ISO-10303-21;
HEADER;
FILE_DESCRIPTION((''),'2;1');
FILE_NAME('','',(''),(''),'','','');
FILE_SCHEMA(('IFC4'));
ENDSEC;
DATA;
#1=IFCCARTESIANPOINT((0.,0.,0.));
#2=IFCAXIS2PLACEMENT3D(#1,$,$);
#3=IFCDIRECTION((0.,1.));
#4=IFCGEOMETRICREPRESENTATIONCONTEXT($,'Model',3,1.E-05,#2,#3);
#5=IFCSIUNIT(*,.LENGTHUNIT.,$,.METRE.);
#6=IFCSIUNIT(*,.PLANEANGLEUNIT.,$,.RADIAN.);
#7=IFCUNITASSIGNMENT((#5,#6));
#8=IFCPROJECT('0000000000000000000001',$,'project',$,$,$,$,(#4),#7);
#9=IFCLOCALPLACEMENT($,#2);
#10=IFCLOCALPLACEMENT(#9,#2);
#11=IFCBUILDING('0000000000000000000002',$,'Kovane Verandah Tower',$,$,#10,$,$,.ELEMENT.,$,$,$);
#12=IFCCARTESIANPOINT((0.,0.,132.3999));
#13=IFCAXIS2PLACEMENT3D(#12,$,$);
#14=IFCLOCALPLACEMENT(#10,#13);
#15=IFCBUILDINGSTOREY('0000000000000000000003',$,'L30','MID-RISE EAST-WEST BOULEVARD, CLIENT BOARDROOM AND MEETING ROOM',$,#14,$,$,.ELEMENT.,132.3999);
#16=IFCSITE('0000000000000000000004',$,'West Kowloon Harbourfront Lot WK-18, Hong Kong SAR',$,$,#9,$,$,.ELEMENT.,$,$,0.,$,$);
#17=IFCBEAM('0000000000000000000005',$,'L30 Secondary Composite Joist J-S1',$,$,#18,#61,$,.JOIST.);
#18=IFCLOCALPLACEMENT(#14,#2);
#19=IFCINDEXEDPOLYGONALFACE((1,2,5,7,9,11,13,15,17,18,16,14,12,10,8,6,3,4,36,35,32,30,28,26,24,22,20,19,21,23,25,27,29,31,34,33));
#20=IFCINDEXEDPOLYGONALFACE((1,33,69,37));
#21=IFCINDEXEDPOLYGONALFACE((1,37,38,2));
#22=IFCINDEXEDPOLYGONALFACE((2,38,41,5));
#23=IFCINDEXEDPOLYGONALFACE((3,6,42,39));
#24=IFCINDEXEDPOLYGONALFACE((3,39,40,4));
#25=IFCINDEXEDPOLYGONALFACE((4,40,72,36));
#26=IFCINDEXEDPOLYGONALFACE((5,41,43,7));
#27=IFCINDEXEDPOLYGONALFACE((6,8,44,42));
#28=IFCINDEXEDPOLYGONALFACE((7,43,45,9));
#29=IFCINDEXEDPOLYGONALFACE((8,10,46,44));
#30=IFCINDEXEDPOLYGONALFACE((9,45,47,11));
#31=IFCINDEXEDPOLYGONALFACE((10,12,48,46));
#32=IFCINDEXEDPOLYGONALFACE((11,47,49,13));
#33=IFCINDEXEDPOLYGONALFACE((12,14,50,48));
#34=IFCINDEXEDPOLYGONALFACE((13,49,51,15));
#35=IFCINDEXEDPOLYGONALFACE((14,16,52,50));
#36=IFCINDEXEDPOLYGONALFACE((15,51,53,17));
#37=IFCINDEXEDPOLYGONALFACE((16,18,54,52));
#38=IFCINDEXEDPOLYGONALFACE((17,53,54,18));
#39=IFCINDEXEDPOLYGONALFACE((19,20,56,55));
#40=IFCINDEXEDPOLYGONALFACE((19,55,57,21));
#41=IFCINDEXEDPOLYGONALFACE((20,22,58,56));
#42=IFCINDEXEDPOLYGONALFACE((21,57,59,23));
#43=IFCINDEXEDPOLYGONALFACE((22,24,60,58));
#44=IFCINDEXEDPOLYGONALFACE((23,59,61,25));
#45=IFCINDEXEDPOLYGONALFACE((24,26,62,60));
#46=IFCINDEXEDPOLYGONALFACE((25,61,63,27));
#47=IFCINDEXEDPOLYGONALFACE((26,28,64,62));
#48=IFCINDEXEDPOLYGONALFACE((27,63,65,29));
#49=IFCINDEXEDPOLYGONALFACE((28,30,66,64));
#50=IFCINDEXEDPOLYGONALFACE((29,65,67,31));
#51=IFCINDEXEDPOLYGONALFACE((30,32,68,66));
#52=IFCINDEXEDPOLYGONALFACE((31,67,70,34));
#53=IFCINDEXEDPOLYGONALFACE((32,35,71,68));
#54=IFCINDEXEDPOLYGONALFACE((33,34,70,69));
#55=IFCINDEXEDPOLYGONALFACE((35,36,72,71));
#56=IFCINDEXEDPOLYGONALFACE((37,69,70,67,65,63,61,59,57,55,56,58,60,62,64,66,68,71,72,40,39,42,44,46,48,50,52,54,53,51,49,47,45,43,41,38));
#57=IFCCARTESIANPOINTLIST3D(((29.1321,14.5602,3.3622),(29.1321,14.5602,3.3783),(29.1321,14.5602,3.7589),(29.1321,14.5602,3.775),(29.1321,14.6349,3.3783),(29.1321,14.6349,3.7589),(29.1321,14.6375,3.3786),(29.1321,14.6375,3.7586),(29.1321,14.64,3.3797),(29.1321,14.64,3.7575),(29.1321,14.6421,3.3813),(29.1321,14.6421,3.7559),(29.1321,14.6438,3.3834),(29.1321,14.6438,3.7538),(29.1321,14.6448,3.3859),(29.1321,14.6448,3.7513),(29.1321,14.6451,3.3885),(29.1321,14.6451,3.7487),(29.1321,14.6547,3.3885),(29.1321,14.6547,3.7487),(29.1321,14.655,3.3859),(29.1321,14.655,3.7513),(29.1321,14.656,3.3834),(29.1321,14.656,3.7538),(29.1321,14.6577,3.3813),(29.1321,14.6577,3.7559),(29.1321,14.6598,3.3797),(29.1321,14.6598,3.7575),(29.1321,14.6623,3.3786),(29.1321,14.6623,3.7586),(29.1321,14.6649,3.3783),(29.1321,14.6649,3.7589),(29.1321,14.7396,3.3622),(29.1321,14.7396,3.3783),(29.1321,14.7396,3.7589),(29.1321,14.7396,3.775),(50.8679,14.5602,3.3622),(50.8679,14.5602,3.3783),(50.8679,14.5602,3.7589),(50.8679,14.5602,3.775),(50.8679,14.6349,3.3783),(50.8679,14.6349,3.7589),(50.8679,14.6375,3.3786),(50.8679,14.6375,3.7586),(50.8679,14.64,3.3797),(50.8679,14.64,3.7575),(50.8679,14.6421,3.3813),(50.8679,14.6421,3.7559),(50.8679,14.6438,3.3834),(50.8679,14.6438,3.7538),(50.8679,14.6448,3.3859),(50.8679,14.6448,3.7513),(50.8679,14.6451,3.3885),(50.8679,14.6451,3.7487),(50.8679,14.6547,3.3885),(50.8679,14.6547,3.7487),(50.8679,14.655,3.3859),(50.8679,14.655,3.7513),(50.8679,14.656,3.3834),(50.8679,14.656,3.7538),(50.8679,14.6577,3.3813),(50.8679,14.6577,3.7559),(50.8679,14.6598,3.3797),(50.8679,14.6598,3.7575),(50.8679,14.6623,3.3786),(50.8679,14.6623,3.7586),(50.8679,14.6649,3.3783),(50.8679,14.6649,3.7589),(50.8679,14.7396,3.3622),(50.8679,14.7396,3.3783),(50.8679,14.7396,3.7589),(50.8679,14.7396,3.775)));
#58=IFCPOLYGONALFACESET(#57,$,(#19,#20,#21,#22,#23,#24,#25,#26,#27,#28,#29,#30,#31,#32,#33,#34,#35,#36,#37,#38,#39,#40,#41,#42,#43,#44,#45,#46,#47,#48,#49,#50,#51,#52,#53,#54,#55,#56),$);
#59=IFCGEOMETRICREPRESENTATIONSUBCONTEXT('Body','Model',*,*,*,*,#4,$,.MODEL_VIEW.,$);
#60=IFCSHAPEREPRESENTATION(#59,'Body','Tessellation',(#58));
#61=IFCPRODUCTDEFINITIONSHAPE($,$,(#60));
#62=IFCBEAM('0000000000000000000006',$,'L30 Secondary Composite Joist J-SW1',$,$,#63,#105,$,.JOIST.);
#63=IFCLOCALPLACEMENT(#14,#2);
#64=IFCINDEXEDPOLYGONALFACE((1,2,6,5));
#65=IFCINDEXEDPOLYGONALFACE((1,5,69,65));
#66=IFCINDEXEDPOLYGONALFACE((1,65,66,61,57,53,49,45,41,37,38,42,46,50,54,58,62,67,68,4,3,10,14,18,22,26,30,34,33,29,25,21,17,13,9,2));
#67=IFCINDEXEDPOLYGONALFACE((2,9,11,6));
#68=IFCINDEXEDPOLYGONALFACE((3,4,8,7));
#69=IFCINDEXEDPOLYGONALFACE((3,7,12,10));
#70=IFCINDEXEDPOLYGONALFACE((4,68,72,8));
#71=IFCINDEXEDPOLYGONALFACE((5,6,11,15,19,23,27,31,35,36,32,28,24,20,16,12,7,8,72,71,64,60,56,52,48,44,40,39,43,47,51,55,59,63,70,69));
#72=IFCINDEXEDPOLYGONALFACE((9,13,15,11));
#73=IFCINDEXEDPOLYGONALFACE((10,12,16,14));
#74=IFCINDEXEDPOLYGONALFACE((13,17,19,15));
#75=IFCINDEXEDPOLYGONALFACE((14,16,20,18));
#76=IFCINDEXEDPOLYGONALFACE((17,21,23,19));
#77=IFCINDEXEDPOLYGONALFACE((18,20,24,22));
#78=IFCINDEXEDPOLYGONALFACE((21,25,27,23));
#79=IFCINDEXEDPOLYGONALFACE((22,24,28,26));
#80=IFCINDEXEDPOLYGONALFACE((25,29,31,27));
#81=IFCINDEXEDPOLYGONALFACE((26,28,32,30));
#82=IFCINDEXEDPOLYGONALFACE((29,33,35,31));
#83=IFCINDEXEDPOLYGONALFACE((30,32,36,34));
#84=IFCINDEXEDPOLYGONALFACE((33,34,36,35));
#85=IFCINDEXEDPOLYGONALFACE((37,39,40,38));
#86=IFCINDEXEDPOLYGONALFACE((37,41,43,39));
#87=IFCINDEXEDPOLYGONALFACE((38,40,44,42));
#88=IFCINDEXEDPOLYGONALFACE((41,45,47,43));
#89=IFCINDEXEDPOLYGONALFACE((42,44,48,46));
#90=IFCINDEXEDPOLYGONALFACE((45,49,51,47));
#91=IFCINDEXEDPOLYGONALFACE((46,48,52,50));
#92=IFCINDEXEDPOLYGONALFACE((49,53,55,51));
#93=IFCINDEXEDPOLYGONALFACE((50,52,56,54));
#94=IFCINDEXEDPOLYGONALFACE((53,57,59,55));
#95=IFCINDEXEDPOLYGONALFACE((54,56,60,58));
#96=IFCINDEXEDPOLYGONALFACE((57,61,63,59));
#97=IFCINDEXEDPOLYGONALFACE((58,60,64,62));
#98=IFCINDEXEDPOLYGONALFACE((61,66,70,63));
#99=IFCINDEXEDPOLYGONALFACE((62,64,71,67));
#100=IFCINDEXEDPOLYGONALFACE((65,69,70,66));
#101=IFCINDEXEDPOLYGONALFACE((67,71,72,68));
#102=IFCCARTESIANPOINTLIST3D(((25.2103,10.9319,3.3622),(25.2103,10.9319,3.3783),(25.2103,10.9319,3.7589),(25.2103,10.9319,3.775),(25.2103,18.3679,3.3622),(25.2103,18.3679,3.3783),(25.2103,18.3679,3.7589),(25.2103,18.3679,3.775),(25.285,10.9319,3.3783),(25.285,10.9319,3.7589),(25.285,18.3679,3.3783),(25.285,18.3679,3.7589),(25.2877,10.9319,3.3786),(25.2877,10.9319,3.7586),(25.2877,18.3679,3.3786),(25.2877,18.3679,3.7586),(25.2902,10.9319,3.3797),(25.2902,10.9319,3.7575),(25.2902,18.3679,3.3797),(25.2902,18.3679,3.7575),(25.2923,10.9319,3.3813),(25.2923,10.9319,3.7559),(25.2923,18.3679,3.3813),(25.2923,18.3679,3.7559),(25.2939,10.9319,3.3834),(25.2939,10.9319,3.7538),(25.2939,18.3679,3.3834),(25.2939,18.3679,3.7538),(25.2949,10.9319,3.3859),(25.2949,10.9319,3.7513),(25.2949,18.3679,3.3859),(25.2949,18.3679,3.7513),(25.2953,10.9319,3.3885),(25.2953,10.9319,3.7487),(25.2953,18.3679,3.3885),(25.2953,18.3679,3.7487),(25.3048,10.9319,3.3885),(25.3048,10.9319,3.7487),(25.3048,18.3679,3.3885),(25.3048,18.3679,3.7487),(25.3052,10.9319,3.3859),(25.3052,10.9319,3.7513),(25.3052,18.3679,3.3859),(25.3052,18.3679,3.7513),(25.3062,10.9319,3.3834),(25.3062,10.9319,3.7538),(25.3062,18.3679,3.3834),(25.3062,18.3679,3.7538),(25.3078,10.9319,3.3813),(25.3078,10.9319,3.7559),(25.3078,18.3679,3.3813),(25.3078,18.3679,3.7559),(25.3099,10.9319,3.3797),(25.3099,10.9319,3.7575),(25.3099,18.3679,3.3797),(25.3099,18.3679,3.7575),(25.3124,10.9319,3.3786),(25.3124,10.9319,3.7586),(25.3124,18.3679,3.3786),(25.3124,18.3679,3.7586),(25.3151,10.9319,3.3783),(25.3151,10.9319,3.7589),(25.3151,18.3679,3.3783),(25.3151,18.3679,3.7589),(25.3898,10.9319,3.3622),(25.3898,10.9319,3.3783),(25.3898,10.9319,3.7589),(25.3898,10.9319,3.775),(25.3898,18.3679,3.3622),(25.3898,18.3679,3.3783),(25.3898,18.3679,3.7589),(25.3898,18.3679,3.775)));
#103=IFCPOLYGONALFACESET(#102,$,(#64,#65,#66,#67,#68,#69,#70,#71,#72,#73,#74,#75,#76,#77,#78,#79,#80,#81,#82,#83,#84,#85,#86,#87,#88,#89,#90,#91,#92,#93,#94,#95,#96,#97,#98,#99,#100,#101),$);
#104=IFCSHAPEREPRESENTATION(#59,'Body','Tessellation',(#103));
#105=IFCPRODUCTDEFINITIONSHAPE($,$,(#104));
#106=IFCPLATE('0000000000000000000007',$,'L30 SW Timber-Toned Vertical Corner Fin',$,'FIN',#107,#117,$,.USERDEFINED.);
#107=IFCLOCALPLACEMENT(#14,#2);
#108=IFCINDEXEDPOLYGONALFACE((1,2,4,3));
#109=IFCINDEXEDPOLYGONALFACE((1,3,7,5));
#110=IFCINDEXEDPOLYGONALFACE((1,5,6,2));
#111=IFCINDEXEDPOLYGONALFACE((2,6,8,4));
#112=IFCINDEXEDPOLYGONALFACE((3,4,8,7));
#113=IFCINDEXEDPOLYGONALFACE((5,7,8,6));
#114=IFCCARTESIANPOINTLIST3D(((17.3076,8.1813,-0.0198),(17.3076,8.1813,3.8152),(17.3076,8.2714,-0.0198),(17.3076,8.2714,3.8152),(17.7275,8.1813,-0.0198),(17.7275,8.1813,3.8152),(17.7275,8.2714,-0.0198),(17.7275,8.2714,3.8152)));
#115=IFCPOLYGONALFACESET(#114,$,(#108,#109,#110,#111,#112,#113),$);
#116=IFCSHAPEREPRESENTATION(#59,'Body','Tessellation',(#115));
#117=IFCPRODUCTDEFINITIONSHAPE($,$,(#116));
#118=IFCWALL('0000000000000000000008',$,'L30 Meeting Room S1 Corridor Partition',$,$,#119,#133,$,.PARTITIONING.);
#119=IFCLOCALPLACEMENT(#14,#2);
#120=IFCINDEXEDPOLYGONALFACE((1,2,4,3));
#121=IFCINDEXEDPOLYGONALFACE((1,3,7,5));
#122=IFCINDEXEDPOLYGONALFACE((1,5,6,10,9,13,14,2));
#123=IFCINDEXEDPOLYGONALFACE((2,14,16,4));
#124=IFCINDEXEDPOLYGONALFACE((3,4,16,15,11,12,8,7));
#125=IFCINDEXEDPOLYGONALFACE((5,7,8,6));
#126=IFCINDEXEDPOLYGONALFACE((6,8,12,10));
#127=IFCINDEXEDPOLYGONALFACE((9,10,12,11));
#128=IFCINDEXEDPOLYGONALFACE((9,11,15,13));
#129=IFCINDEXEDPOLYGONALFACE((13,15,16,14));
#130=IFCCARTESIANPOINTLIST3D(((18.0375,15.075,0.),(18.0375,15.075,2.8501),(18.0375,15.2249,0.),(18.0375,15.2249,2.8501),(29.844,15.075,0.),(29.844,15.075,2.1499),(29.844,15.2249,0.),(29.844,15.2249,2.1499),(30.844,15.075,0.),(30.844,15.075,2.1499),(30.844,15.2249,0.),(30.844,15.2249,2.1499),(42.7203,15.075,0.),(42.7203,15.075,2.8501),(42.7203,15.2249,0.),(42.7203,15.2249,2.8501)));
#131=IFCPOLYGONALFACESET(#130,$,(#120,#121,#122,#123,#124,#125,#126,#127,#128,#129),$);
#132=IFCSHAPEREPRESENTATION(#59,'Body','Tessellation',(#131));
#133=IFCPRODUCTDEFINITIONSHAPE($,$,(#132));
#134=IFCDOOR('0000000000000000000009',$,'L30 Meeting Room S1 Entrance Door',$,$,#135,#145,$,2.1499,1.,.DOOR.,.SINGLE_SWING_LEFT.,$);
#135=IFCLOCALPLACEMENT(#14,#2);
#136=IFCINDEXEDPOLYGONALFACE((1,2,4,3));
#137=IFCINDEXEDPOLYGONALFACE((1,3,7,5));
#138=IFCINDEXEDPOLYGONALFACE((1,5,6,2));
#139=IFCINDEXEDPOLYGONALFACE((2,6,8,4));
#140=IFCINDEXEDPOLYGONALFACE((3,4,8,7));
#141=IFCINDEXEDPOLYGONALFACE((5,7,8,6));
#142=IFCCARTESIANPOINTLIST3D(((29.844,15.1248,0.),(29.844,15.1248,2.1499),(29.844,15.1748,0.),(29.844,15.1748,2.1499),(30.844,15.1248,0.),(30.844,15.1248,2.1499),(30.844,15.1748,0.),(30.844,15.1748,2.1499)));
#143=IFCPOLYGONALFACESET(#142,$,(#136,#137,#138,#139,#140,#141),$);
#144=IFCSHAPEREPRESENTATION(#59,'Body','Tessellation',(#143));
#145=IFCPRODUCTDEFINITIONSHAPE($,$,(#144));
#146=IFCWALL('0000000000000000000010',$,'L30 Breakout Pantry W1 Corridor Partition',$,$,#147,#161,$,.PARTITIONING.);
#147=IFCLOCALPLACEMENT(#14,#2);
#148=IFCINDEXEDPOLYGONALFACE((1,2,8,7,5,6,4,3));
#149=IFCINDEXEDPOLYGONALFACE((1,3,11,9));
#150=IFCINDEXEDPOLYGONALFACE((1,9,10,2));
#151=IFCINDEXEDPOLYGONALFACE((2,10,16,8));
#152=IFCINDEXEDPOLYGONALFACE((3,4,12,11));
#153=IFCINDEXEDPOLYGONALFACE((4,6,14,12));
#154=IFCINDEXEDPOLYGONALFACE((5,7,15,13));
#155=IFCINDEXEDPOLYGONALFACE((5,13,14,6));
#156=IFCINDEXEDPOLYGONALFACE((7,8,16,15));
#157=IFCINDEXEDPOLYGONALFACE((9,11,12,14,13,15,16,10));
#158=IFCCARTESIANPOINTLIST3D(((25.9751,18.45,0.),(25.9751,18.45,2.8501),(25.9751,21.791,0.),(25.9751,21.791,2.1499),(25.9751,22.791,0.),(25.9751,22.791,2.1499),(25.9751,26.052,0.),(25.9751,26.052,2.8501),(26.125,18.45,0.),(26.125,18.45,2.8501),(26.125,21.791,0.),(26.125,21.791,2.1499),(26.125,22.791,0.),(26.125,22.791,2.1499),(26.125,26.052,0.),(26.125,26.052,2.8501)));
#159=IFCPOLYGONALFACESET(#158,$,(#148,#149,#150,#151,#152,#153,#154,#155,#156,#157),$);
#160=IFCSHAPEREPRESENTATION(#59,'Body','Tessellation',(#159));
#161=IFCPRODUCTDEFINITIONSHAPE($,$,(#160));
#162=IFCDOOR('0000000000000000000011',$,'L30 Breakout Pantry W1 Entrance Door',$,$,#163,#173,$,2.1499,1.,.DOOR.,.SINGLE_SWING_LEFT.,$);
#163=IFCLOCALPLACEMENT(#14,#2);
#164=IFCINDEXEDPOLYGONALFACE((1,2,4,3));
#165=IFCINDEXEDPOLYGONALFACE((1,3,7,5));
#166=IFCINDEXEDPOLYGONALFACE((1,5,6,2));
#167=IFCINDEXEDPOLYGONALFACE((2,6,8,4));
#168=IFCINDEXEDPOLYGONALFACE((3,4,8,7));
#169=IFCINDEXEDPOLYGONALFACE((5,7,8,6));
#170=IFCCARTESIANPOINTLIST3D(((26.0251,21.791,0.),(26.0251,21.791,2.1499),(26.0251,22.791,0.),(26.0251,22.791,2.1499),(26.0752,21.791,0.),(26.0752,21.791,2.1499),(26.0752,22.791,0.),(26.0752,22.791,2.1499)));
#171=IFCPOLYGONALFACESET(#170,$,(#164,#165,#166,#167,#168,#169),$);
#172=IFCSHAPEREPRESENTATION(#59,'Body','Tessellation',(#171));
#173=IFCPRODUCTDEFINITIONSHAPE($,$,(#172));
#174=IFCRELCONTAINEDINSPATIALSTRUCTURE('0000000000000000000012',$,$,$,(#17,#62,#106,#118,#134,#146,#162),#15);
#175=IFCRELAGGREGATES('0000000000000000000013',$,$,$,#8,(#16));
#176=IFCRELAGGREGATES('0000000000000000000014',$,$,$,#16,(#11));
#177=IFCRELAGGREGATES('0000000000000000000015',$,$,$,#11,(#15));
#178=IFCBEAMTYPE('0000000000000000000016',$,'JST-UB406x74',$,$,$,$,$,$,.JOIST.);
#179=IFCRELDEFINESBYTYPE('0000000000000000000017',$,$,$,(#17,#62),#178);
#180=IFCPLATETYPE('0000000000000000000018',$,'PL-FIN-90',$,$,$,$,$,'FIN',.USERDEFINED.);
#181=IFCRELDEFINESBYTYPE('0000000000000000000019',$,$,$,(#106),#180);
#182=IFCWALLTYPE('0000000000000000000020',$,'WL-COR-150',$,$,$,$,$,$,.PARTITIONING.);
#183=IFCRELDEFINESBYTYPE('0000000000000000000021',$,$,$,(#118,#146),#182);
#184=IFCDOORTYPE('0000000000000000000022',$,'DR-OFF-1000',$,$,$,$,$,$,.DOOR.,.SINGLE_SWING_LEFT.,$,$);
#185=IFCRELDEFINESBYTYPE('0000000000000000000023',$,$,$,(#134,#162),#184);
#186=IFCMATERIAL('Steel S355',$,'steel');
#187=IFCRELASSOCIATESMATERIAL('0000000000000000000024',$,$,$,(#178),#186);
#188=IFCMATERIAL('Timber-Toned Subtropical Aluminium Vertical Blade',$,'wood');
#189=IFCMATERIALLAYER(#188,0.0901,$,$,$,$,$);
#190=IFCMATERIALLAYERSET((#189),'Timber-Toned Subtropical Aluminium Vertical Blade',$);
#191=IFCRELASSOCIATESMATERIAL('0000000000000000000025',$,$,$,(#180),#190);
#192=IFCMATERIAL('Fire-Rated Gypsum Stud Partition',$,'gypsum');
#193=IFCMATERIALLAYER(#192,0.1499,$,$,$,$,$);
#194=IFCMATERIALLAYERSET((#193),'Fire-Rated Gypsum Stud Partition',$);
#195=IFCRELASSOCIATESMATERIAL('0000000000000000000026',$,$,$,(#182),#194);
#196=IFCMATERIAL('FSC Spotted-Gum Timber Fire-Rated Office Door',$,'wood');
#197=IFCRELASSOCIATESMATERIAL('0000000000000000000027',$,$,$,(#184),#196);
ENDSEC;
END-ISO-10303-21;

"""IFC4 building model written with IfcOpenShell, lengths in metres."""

from ifc_helpers import new_model, si_unit, direction, frame, frame_2d, origin, origin_2d, place, context, subcontext, project, spatial, rectangle, i_section, extrude, material, layer, layer_set, material_profile, profile_set, type_object, element, fill, save


model = new_model("IFC4")

# Units and contexts
model_context = context("Model", 3, precision=1e-05, world=origin(), true_north=direction((0.0, 1.0)))
body_context = subcontext(model_context, "Body", "Model", "MODEL_VIEW")
ifc_project = project(units=[si_unit("LENGTHUNIT", "METRE"), si_unit("PLANEANGLEUNIT", "RADIAN")], contexts=[model_context])

# Site, building, storey
site_placement = place(None, origin())
site = spatial("IfcSite", under=ifc_project, at=site_placement, Name="West Kowloon Harbourfront Lot WK-18, Hong Kong SAR", CompositionType="ELEMENT", RefElevation=0.0)
building_placement = place(site_placement, origin())
building = spatial("IfcBuilding", under=site, at=building_placement, Name="Kovane Verandah Tower", CompositionType="ELEMENT")
storey_placement = place(building_placement, frame((0.0, 0.0, 132.3999)))
storey = spatial("IfcBuildingStorey", under=building, at=storey_placement, Name="L30", Description="MID-RISE EAST-WEST BOULEVARD, CLIENT BOARDROOM AND MEETING ROOM", CompositionType="ELEMENT", Elevation=132.3999)

# Beams
ifc_material_1 = material(Name="Steel S355", Category="steel")
ifc_material_profile_1 = material_profile(ifc_material_1, i_section(OverallWidth=0.1794, OverallDepth=0.4128, WebThickness=0.0095, FlangeThickness=0.0161, FilletRadius=0.0103, at=origin_2d()), Name="UB406x178x74")
ifc_profile_set_1 = profile_set([ifc_material_profile_1], Name="Steel S355")
beam_type_1 = type_object("IfcBeamType", Name="JST-UB406x74", PredefinedType="JOIST", material=ifc_profile_set_1)
beam_1_placement = place(storey_placement, frame((29.1321, 14.6499, 3.5686), z_axis=(1.0, 0.0, 0.0), x_axis=(0.0, 1.0, 0.0)))
element("IfcBeam", 1, at=beam_1_placement, inside=storey, type_object=beam_type_1, Name="L30 Secondary Composite Joist J-S1", PredefinedType="JOIST", context=body_context, shape_type="SweptSolid", body=[
    extrude(i_section(OverallWidth=0.1794, OverallDepth=0.4128, WebThickness=0.0095, FlangeThickness=0.0161, FilletRadius=0.0103, at=origin_2d()), origin(), (0.0, 0.0, 1.0), 21.7358),
])
beam_2_placement = place(storey_placement, frame((25.3, 10.9319, 3.5686), z_axis=(0.0, 1.0, 0.0), x_axis=(-1.0, 0.0, 0.0)))
element("IfcBeam", 2, at=beam_2_placement, inside=storey, type_object=beam_type_1, Name="L30 Secondary Composite Joist J-SW1", PredefinedType="JOIST", context=body_context, shape_type="SweptSolid", body=[
    extrude(i_section(OverallWidth=0.1794, OverallDepth=0.4128, WebThickness=0.0095, FlangeThickness=0.0161, FilletRadius=0.0103, at=origin_2d()), origin(), (0.0, 0.0, 1.0), 7.436),
])

# Plate
ifc_material_2 = material(Name="Timber-Toned Subtropical Aluminium Vertical Blade", Category="wood")
ifc_layer_1 = layer(ifc_material_2, 0.0901)
ifc_layer_set_1 = layer_set([ifc_layer_1], Name="Timber-Toned Subtropical Aluminium Vertical Blade")
plate_type = type_object("IfcPlateType", Name="PL-FIN-90", ElementType="FIN", PredefinedType="USERDEFINED", material=ifc_layer_set_1)
plate_placement = place(storey_placement, frame((17.5176, 8.2263, -0.0198), z_axis=(0.0, 0.0, 1.0), x_axis=(1.0, 0.0, 0.0)))
element("IfcPlate", 3, at=plate_placement, inside=storey, type_object=plate_type, Name="L30 SW Timber-Toned Vertical Corner Fin", ObjectType="FIN", PredefinedType="USERDEFINED", context=body_context, shape_type="SweptSolid", body=[
    extrude(rectangle(XDim=0.4199, YDim=0.0901, at=origin_2d()), origin(), (0.0, 0.0, 1.0), 3.835),
])

# Walls, openings, doors
ifc_material_3 = material(Name="Fire-Rated Gypsum Stud Partition", Category="gypsum")
ifc_layer_2 = layer(ifc_material_3, 0.1499)
ifc_layer_set_2 = layer_set([ifc_layer_2], Name="Fire-Rated Gypsum Stud Partition")
wall_type_1 = type_object("IfcWallType", Name="WL-COR-150", PredefinedType="PARTITIONING", material=ifc_layer_set_2)
wall_1_placement = place(storey_placement, frame((18.0376, 15.1499, 0.0), z_axis=(0.0, 0.0, 1.0), x_axis=(1.0, 0.0, 0.0)))
wall_1 = element("IfcWall", 4, at=wall_1_placement, inside=storey, type_object=wall_type_1, Name="L30 Meeting Room S1 Corridor Partition", PredefinedType="PARTITIONING", context=body_context, shape_type="SweptSolid", body=[
    extrude(rectangle(XDim=24.6829, YDim=0.1499, at=frame_2d((12.3413, 0.0))), origin(), (0.0, 0.0, 1.0), 2.8501),
])
opening_1_placement = place(wall_1_placement, frame((11.8064, 0.0, 0.0)))
opening_1 = element("IfcOpeningElement", 5, at=opening_1_placement, cuts=wall_1, PredefinedType="OPENING", context=body_context, shape_type="SweptSolid", body=[
    extrude(rectangle(XDim=1.0, YDim=2.1499, at=frame_2d((0.5, 1.075))), frame((0.0, 0.075, 0.0), z_axis=(0.0, -1.0, 0.0), x_axis=(1.0, 0.0, 0.0)), (0.0, 0.0, 1.0), 0.1499),
])
ifc_material_4 = material(Name="FSC Spotted-Gum Timber Fire-Rated Office Door", Category="wood")
door_type = type_object("IfcDoorType", Name="DR-OFF-1000", OperationType="SINGLE_SWING_LEFT", PredefinedType="DOOR", material=ifc_material_4)
door_1_placement = place(opening_1_placement, origin())
door_1 = element("IfcDoor", 6, at=door_1_placement, inside=storey, type_object=door_type, Name="L30 Meeting Room S1 Entrance Door", OperationType="SINGLE_SWING_LEFT", OverallHeight=2.1499, OverallWidth=1.0, PredefinedType="DOOR", context=body_context, shape_type="SweptSolid", body=[
    extrude(rectangle(XDim=1.0, YDim=2.1499, at=frame_2d((0.5, 1.075))), frame((0.0, 0.0249, 0.0), z_axis=(0.0, -1.0, 0.0), x_axis=(1.0, 0.0, 0.0)), (0.0, 0.0, 1.0), 0.05),
])
fill(opening_1, door_1)
wall_2_placement = place(storey_placement, frame((26.05, 18.45, 0.0), z_axis=(0.0, 0.0, 1.0), x_axis=(0.0, 1.0, 0.0)))
wall_2 = element("IfcWall", 7, at=wall_2_placement, inside=storey, type_object=wall_type_1, Name="L30 Breakout Pantry W1 Corridor Partition", PredefinedType="PARTITIONING", context=body_context, shape_type="SweptSolid", body=[
    extrude(rectangle(XDim=7.6021, YDim=0.1499, at=frame_2d((3.801, 0.0))), origin(), (0.0, 0.0, 1.0), 2.8501),
])
opening_2_placement = place(wall_2_placement, frame((3.3411, 0.0, 0.0)))
opening_2 = element("IfcOpeningElement", 8, at=opening_2_placement, cuts=wall_2, PredefinedType="OPENING", context=body_context, shape_type="SweptSolid", body=[
    extrude(rectangle(XDim=1.0, YDim=2.1499, at=frame_2d((0.5, 1.075))), frame((0.0, 0.075, 0.0), z_axis=(0.0, -1.0, 0.0), x_axis=(1.0, 0.0, 0.0)), (0.0, 0.0, 1.0), 0.1499),
])
door_2_placement = place(opening_2_placement, origin())
door_2 = element("IfcDoor", 9, at=door_2_placement, inside=storey, type_object=door_type, Name="L30 Breakout Pantry W1 Entrance Door", OperationType="SINGLE_SWING_LEFT", OverallHeight=2.1499, OverallWidth=1.0, PredefinedType="DOOR", context=body_context, shape_type="SweptSolid", body=[
    extrude(rectangle(XDim=1.0, YDim=2.1499, at=frame_2d((0.5, 1.075))), frame((0.0, 0.0249, 0.0), z_axis=(0.0, -1.0, 0.0), x_axis=(1.0, 0.0, 0.0)), (0.0, 0.0, 1.0), 0.05),
])
fill(opening_2, door_2)

save(model, "model.ifc")
